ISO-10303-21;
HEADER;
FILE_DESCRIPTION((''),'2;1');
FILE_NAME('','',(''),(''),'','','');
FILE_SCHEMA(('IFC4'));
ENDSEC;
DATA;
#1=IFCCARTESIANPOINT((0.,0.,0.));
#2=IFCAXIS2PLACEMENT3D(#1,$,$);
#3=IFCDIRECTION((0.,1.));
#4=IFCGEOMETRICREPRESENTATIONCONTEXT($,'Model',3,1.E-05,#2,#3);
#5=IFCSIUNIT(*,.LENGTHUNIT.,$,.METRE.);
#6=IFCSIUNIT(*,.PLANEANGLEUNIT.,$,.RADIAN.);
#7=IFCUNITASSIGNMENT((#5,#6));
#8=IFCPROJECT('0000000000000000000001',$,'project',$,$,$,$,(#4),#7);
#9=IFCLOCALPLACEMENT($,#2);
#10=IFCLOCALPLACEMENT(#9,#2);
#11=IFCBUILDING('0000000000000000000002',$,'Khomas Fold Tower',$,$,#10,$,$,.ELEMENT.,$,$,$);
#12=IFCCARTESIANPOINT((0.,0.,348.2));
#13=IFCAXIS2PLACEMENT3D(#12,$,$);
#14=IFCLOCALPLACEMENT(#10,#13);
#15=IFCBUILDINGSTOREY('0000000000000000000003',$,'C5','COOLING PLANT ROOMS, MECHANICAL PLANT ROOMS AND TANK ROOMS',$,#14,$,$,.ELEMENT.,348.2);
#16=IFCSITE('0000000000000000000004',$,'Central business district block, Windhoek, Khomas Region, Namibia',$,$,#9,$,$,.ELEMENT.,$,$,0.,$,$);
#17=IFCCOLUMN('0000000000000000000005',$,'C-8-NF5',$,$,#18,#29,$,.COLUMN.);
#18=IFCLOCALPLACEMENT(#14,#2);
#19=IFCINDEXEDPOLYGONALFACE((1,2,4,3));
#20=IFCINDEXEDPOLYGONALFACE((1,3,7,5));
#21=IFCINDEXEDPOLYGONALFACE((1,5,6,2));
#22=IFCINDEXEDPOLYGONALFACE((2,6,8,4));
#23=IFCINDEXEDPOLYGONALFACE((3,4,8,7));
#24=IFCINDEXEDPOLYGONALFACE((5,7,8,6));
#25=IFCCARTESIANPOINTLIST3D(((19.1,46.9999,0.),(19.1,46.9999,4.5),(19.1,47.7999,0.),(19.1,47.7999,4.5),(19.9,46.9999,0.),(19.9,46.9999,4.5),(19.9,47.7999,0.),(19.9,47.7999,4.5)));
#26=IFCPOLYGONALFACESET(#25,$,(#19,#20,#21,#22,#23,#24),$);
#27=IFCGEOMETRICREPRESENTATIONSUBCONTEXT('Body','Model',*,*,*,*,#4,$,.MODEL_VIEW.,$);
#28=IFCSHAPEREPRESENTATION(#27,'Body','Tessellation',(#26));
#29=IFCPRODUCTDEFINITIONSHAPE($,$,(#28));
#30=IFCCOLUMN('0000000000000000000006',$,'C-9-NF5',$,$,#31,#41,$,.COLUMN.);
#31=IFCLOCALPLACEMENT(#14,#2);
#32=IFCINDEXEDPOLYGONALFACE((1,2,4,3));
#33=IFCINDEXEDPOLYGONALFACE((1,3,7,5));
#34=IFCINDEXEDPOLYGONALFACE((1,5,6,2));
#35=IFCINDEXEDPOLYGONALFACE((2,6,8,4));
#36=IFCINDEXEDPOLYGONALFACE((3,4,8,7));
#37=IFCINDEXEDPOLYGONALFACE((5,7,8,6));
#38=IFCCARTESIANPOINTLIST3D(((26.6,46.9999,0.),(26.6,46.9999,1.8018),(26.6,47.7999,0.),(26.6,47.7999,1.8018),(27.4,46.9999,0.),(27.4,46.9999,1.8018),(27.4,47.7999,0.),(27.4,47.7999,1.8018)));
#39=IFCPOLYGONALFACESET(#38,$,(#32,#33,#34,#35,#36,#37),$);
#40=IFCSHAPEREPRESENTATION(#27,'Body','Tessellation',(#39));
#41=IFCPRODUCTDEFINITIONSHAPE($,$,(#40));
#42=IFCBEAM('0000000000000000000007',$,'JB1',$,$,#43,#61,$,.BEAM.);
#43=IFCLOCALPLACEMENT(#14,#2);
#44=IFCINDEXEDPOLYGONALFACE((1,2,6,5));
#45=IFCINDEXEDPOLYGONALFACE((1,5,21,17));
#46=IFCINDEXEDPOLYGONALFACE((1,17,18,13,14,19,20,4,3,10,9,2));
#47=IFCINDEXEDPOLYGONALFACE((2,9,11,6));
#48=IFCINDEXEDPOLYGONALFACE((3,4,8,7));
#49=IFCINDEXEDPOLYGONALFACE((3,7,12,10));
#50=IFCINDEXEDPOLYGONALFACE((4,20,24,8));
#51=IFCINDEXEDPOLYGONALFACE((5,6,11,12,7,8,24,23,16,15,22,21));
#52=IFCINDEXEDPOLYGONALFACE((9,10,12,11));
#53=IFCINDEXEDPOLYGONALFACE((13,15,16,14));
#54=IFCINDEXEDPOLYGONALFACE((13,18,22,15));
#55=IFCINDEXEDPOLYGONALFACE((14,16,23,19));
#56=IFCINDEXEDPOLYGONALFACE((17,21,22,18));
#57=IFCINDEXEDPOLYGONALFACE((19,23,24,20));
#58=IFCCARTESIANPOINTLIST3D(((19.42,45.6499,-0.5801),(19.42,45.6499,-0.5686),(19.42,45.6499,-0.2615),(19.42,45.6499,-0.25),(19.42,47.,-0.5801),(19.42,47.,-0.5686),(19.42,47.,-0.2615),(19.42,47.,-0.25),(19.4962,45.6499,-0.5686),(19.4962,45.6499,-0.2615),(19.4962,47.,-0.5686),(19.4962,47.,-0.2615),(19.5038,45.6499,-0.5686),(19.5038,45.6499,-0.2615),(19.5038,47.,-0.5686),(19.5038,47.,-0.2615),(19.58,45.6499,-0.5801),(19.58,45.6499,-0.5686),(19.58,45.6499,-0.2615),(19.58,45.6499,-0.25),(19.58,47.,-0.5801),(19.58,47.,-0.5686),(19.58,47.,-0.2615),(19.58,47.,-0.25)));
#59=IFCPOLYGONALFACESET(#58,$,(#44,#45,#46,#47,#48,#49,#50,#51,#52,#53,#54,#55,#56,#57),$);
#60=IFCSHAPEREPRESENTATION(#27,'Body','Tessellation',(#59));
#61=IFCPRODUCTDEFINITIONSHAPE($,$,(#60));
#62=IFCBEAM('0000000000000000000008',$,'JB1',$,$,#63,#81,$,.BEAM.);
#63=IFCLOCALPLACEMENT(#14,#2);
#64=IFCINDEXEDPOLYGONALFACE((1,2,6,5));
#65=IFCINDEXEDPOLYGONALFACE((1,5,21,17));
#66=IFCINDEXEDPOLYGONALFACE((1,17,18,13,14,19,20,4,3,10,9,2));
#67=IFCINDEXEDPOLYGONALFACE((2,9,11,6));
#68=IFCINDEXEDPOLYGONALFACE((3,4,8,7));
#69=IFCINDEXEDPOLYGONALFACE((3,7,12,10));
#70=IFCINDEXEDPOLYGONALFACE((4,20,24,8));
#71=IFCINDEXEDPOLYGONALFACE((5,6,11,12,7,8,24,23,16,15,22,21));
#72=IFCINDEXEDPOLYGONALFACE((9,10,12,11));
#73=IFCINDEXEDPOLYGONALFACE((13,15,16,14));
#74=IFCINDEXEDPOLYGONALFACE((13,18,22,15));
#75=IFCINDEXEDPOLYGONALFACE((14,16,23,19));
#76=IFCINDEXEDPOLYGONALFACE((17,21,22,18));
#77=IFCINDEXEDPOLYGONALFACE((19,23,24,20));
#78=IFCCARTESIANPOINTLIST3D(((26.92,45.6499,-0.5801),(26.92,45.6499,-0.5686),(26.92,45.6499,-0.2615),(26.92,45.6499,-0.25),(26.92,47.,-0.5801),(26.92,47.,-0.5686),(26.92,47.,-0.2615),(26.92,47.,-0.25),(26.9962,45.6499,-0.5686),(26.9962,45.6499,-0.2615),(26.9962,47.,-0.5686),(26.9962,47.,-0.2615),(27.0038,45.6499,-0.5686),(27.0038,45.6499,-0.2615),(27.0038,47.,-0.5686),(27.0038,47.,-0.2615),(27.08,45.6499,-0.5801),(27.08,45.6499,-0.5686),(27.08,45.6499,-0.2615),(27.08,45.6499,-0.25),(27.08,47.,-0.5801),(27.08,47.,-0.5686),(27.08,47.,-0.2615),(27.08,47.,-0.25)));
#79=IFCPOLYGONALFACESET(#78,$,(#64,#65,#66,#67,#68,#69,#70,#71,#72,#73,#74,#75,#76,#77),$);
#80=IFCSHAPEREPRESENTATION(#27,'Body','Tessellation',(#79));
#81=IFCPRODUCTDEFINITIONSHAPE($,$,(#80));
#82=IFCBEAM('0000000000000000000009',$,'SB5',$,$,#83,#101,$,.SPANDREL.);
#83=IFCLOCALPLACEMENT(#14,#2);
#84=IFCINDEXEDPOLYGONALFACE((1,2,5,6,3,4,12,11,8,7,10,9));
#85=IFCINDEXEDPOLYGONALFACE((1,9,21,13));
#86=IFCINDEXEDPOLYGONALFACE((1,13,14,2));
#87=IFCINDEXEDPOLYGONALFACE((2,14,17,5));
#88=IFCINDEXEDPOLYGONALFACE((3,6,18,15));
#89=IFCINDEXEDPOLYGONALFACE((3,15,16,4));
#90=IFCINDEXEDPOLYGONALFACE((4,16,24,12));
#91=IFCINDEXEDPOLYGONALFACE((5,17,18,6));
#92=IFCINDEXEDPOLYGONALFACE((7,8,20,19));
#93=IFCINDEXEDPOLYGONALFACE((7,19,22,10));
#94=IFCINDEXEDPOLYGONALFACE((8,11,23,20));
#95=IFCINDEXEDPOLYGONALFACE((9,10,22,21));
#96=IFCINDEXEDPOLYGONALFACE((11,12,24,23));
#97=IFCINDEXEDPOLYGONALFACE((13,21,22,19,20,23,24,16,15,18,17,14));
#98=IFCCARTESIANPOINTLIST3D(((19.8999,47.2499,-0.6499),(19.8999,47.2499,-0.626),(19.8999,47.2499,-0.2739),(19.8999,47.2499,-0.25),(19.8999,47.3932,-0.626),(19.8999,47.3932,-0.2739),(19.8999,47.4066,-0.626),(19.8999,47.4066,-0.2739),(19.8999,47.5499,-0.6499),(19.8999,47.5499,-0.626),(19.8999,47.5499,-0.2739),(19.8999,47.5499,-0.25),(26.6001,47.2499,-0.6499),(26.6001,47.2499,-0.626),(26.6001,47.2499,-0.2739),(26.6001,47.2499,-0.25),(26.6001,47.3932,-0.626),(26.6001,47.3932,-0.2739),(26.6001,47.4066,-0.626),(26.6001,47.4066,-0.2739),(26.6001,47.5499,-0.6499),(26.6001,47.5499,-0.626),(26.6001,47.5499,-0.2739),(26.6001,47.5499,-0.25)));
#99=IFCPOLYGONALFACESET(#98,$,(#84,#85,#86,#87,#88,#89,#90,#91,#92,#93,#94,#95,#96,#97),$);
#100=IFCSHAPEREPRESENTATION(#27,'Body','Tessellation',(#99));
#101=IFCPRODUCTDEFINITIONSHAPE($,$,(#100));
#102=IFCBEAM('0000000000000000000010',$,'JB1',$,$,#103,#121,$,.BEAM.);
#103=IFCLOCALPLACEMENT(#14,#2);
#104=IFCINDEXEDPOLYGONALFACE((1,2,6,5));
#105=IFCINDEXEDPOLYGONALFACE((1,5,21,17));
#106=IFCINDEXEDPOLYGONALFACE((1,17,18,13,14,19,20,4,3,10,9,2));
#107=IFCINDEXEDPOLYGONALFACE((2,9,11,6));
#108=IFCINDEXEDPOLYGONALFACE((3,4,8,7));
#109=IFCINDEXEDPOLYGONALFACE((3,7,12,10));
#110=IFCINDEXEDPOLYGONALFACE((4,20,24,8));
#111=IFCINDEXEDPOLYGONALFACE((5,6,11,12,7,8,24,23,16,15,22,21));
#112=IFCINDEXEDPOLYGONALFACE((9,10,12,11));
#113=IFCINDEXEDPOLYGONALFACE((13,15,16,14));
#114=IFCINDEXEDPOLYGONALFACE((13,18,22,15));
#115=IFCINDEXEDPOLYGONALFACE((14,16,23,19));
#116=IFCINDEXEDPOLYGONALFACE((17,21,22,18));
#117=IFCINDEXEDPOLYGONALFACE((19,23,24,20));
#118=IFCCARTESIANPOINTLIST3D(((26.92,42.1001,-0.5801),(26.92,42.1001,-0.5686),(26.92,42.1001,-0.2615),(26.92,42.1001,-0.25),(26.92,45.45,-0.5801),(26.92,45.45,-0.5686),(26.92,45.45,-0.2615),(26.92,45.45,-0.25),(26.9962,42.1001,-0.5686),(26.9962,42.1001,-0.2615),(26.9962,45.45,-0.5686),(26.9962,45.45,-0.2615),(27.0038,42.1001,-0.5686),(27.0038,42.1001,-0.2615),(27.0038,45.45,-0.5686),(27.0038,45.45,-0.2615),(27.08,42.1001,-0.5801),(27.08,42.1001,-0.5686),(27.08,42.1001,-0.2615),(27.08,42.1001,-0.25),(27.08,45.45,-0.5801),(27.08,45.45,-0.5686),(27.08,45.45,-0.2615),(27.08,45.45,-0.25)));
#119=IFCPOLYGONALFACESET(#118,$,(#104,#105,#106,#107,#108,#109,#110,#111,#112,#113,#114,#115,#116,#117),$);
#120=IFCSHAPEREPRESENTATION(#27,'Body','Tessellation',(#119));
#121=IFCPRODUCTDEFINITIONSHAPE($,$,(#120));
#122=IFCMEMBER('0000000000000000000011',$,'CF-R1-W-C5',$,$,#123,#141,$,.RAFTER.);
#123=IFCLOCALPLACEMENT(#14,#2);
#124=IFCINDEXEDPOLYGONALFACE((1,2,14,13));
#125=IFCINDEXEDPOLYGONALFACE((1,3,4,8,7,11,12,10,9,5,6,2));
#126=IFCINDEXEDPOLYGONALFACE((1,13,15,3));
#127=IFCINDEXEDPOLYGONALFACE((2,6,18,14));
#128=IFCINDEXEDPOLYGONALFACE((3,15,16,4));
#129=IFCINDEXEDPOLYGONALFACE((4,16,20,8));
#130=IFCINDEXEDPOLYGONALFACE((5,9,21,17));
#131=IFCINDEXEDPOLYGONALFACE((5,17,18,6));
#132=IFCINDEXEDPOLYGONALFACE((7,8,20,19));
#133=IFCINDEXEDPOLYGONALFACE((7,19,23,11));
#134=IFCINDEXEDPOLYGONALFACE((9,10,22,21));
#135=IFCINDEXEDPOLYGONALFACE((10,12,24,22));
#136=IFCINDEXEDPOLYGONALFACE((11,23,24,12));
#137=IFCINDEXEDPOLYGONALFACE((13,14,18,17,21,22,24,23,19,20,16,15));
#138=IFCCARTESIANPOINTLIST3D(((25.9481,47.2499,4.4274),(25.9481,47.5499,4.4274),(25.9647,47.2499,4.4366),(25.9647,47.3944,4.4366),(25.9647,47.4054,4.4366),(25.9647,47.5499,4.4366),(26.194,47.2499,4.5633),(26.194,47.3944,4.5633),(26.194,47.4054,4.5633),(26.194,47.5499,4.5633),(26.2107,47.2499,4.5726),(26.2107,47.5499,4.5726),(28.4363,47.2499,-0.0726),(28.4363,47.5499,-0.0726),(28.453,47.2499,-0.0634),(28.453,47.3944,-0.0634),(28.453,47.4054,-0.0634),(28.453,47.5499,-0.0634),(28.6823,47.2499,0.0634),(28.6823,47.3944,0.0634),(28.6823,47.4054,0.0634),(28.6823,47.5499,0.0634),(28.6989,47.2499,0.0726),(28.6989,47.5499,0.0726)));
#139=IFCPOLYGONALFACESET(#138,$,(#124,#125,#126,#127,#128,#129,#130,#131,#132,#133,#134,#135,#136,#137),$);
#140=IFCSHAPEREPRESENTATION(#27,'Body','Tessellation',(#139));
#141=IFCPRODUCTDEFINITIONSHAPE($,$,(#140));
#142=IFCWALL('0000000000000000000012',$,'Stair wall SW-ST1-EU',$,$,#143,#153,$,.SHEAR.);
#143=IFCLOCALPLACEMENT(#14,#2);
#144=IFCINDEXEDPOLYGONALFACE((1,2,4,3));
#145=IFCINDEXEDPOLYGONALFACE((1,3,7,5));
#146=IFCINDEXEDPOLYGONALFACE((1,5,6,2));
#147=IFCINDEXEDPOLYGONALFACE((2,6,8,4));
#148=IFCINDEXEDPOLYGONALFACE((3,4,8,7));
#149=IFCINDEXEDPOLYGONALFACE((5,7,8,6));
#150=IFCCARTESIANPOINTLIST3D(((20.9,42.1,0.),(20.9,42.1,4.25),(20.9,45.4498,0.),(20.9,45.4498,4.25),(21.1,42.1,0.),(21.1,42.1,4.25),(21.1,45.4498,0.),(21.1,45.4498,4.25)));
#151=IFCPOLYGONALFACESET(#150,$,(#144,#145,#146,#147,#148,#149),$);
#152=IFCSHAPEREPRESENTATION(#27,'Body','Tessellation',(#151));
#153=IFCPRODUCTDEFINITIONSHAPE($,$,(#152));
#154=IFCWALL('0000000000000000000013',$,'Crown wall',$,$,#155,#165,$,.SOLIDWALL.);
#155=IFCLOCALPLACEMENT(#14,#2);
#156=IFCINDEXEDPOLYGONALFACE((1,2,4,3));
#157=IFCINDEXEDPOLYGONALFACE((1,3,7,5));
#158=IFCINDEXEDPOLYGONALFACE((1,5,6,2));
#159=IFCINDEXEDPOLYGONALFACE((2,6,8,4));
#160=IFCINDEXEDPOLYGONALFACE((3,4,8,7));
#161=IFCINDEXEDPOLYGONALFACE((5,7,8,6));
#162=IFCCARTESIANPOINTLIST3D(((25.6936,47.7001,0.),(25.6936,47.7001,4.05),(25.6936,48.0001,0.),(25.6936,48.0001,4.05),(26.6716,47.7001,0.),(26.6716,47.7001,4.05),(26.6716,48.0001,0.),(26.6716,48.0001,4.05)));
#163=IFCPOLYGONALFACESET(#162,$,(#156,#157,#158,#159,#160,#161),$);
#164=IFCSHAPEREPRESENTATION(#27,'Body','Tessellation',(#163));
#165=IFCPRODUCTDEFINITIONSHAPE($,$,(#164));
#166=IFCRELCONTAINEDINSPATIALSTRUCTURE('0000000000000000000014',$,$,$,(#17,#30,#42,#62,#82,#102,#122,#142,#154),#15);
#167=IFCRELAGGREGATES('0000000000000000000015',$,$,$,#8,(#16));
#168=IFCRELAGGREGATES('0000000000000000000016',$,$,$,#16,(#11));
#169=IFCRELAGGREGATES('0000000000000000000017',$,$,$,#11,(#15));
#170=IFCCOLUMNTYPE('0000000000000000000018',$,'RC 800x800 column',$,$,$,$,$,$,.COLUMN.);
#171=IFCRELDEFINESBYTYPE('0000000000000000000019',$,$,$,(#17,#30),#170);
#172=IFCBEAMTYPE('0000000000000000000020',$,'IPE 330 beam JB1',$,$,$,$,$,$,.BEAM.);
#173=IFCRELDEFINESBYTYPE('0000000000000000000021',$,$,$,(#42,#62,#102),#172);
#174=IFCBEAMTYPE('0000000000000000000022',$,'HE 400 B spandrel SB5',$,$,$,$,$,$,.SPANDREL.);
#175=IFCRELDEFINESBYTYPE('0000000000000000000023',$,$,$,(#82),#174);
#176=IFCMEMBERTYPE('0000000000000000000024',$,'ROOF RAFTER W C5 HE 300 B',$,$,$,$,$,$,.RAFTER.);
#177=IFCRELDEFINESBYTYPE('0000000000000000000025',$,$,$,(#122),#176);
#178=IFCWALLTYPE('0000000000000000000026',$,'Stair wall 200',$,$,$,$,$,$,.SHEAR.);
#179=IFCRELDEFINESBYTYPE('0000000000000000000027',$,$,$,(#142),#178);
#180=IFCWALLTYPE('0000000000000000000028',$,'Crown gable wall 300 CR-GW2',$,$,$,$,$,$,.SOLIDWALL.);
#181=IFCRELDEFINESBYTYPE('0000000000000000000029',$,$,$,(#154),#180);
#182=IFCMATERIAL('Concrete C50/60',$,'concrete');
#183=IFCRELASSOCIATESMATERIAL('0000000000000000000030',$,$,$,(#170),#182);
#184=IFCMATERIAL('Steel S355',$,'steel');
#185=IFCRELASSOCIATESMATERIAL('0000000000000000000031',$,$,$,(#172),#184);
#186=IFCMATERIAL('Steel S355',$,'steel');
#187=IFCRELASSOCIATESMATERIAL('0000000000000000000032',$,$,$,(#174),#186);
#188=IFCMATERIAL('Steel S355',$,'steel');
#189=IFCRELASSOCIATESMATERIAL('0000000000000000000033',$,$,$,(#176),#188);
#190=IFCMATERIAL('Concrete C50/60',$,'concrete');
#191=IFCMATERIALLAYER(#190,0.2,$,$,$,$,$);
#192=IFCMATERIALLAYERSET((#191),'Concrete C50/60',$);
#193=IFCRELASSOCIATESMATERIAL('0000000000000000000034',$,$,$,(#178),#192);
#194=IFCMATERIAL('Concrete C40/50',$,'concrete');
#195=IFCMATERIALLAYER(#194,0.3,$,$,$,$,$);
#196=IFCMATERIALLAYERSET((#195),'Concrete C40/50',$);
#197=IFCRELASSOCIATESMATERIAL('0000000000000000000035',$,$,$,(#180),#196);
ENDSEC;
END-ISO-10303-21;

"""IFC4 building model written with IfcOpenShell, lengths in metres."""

from ifc_helpers import new_model, si_unit, direction, frame, frame_2d, origin, origin_2d, place, context, subcontext, project, spatial, rectangle, i_section, extrude, source, transform, mapped, material, layer, layer_set, material_profile, profile_set, type_object, element, save


model = new_model("IFC4")

# Units and contexts
model_context = context("Model", 3, precision=1e-05, world=origin(), true_north=direction((0.0, 1.0)))
body_context = subcontext(model_context, "Body", "Model", "MODEL_VIEW")
ifc_project = project(units=[si_unit("LENGTHUNIT", "METRE"), si_unit("PLANEANGLEUNIT", "RADIAN")], contexts=[model_context])

# Site, building, storey
site_placement = place(None, origin())
site = spatial("IfcSite", under=ifc_project, at=site_placement, Name="Central business district block, Windhoek, Khomas Region, Namibia", CompositionType="ELEMENT", RefElevation=0.0)
building_placement = place(site_placement, origin())
building = spatial("IfcBuilding", under=site, at=building_placement, Name="Khomas Fold Tower", CompositionType="ELEMENT")
storey_placement = place(building_placement, frame((0.0, 0.0, 348.2)))
storey = spatial("IfcBuildingStorey", under=building, at=storey_placement, Name="C5", Description="COOLING PLANT ROOMS, MECHANICAL PLANT ROOMS AND TANK ROOMS", CompositionType="ELEMENT", Elevation=348.2)

# Columns
ifc_material_1 = material(Name="Concrete C50/60", Category="concrete")
ifc_material_profile_1 = material_profile(ifc_material_1, rectangle(XDim=0.8, YDim=0.8, at=origin_2d()), Name="RC 800x800")
ifc_profile_set_1 = profile_set([ifc_material_profile_1], Name="Concrete C50/60")
column_type = type_object("IfcColumnType", Name="RC 800x800 column", PredefinedType="COLUMN", material=ifc_profile_set_1)
shared_shape_1 = source(origin(), body_context, "Body", "SweptSolid", [
    extrude(rectangle(XDim=0.8, YDim=0.8, at=origin_2d()), origin(), (0.0, 0.0, 1.0), 4.5),
])
column_1_placement = place(storey_placement, frame((19.5, 47.3999, 0.0), z_axis=(0.0, 0.0, 1.0), x_axis=(1.0, 0.0, 0.0)))
element("IfcColumn", 1, at=column_1_placement, inside=storey, type_object=column_type, Name="C-8-NF5", PredefinedType="COLUMN", context=body_context, shape_type="MappedRepresentation", body=[
    mapped(shared_shape_1, transform((0.0, 0.0, 0.0))),
])
shared_shape_2 = source(origin(), body_context, "Body", "SweptSolid", [
    extrude(rectangle(XDim=0.8, YDim=0.8, at=origin_2d()), origin(), (0.0, 0.0, 1.0), 1.8018),
])
column_2_placement = place(storey_placement, frame((27.0, 47.3999, 0.0), z_axis=(0.0, 0.0, 1.0), x_axis=(1.0, 0.0, 0.0)))
element("IfcColumn", 2, at=column_2_placement, inside=storey, type_object=column_type, Name="C-9-NF5", PredefinedType="COLUMN", context=body_context, shape_type="MappedRepresentation", body=[
    mapped(shared_shape_2, transform((0.0, 0.0, 0.0))),
])

# Beams
ifc_material_2 = material(Name="Steel S355", Category="steel")
ifc_material_profile_2 = material_profile(ifc_material_2, i_section(OverallWidth=0.1599, OverallDepth=0.3301, WebThickness=0.0076, FlangeThickness=0.0115, at=origin_2d()), Name="IPE 330")
ifc_profile_set_2 = profile_set([ifc_material_profile_2], Name="Steel S355")
beam_type_1 = type_object("IfcBeamType", Name="IPE 330 beam JB1", PredefinedType="BEAM", material=ifc_profile_set_2)
shared_shape_3 = source(origin(), body_context, "Body", "SweptSolid", [
    extrude(i_section(OverallWidth=0.1599, OverallDepth=0.3301, WebThickness=0.0076, FlangeThickness=0.0115, at=origin_2d()), origin(), (0.0, 0.0, 1.0), 1.3501),
])
for number, where, z_axis, x_axis, name in (
    (3, (19.5, 45.6499, -0.415), (0.0, 1.0, 0.0), (-1.0, 0.0, 0.0), "JB1"),
    (4, (27.0, 45.6499, -0.415), (0.0, 1.0, 0.0), (-1.0, 0.0, 0.0), "JB1"),
):
    element("IfcBeam", number, at=place(storey_placement, frame(where, z_axis=z_axis, x_axis=x_axis)), inside=storey, type_object=beam_type_1, Name=name, PredefinedType="BEAM", context=body_context, shape_type="MappedRepresentation", body=[
        mapped(shared_shape_3, transform((0.0, 0.0, 0.0))),
    ])
ifc_material_3 = material(Name="Steel S355", Category="steel")
ifc_material_profile_3 = material_profile(ifc_material_3, i_section(OverallWidth=0.3, OverallDepth=0.3999, WebThickness=0.0134, FlangeThickness=0.0239, at=origin_2d()), Name="HE 400 B")
ifc_profile_set_3 = profile_set([ifc_material_profile_3], Name="Steel S355")
beam_type_2 = type_object("IfcBeamType", Name="HE 400 B spandrel SB5", PredefinedType="SPANDREL", material=ifc_profile_set_3)
shared_shape_4 = source(origin(), body_context, "Body", "SweptSolid", [
    extrude(i_section(OverallWidth=0.3, OverallDepth=0.3999, WebThickness=0.0134, FlangeThickness=0.0239, at=origin_2d()), origin(), (0.0, 0.0, 1.0), 6.7002),
])
beam_1_placement = place(storey_placement, frame((19.8999, 47.3999, -0.45), z_axis=(1.0, 0.0, 0.0), x_axis=(0.0, 1.0, 0.0)))
element("IfcBeam", 5, at=beam_1_placement, inside=storey, type_object=beam_type_2, Name="SB5", PredefinedType="SPANDREL", context=body_context, shape_type="MappedRepresentation", body=[
    mapped(shared_shape_4, transform((0.0, 0.0, 0.0))),
])
shared_shape_5 = source(origin(), body_context, "Body", "SweptSolid", [
    extrude(i_section(OverallWidth=0.1599, OverallDepth=0.3301, WebThickness=0.0076, FlangeThickness=0.0115, at=origin_2d()), origin(), (0.0, 0.0, 1.0), 3.3499),
])
beam_2_placement = place(storey_placement, frame((27.0, 42.1001, -0.415), z_axis=(0.0, 1.0, 0.0), x_axis=(-1.0, 0.0, 0.0)))
element("IfcBeam", 6, at=beam_2_placement, inside=storey, type_object=beam_type_1, Name="JB1", PredefinedType="BEAM", context=body_context, shape_type="MappedRepresentation", body=[
    mapped(shared_shape_5, transform((0.0, 0.0, 0.0))),
])

# Member
ifc_material_4 = material(Name="Steel S355", Category="steel")
ifc_material_profile_4 = material_profile(ifc_material_4, i_section(OverallWidth=0.3, OverallDepth=0.3, WebThickness=0.011, FlangeThickness=0.019, at=origin_2d()), Name="HE 300 B")
ifc_profile_set_4 = profile_set([ifc_material_profile_4], Name="Steel S355")
member_type = type_object("IfcMemberType", Name="ROOF RAFTER W C5 HE 300 B", PredefinedType="RAFTER", material=ifc_profile_set_4)
shared_shape_6 = source(origin(), body_context, "Body", "SweptSolid", [
    extrude(i_section(OverallWidth=0.3, OverallDepth=0.3, WebThickness=0.011, FlangeThickness=0.019, at=origin_2d()), origin(), (0.0, 0.0, 1.0), 5.1421),
])
member_placement = place(storey_placement, frame((28.5676, 47.3999, 0.0), z_axis=(-0.4839, 0.0, 0.875123), x_axis=(0.0, -1.0, 0.0)))
element("IfcMember", 7, at=member_placement, inside=storey, type_object=member_type, Name="CF-R1-W-C5", PredefinedType="RAFTER", context=body_context, shape_type="MappedRepresentation", body=[
    mapped(shared_shape_6, transform((0.0, 0.0, 0.0))),
])

# Walls
ifc_material_5 = material(Name="Concrete C50/60", Category="concrete")
ifc_layer_1 = layer(ifc_material_5, 0.2)
ifc_layer_set_1 = layer_set([ifc_layer_1], Name="Concrete C50/60")
wall_type_1 = type_object("IfcWallType", Name="Stair wall 200", PredefinedType="SHEAR", material=ifc_layer_set_1)
shared_shape_7 = source(origin(), body_context, "Body", "SweptSolid", [
    extrude(rectangle(XDim=3.3499, YDim=0.2, at=frame_2d((1.6748, 0.0))), origin(), (0.0, 0.0, 1.0), 4.25),
])
wall_1_placement = place(storey_placement, frame((21.0, 42.1001, 0.0), z_axis=(0.0, 0.0, 1.0), x_axis=(0.0, 1.0, 0.0)))
element("IfcWall", 8, at=wall_1_placement, inside=storey, type_object=wall_type_1, Name="Stair wall SW-ST1-EU", PredefinedType="SHEAR", context=body_context, shape_type="MappedRepresentation", body=[
    mapped(shared_shape_7, transform((0.0, 0.0, 0.0))),
])
ifc_material_6 = material(Name="Concrete C40/50", Category="concrete")
ifc_layer_2 = layer(ifc_material_6, 0.3)
ifc_layer_set_2 = layer_set([ifc_layer_2], Name="Concrete C40/50")
wall_type_2 = type_object("IfcWallType", Name="Crown gable wall 300 CR-GW2", PredefinedType="SOLIDWALL", material=ifc_layer_set_2)
shared_shape_8 = source(origin(), body_context, "Body", "SweptSolid", [
    extrude(rectangle(XDim=0.978, YDim=0.3, at=frame_2d((0.489, 0.0))), origin(), (0.0, 0.0, 1.0), 4.05),
])
wall_2_placement = place(storey_placement, frame((26.6716, 47.8501, 0.0), z_axis=(0.0, 0.0, 1.0), x_axis=(-1.0, 0.0, 0.0)))
element("IfcWall", 9, at=wall_2_placement, inside=storey, type_object=wall_type_2, Name="Crown wall", PredefinedType="SOLIDWALL", context=body_context, shape_type="MappedRepresentation", body=[
    mapped(shared_shape_8, transform((0.0, 0.0, 0.0))),
])

save(model, "model.ifc")
